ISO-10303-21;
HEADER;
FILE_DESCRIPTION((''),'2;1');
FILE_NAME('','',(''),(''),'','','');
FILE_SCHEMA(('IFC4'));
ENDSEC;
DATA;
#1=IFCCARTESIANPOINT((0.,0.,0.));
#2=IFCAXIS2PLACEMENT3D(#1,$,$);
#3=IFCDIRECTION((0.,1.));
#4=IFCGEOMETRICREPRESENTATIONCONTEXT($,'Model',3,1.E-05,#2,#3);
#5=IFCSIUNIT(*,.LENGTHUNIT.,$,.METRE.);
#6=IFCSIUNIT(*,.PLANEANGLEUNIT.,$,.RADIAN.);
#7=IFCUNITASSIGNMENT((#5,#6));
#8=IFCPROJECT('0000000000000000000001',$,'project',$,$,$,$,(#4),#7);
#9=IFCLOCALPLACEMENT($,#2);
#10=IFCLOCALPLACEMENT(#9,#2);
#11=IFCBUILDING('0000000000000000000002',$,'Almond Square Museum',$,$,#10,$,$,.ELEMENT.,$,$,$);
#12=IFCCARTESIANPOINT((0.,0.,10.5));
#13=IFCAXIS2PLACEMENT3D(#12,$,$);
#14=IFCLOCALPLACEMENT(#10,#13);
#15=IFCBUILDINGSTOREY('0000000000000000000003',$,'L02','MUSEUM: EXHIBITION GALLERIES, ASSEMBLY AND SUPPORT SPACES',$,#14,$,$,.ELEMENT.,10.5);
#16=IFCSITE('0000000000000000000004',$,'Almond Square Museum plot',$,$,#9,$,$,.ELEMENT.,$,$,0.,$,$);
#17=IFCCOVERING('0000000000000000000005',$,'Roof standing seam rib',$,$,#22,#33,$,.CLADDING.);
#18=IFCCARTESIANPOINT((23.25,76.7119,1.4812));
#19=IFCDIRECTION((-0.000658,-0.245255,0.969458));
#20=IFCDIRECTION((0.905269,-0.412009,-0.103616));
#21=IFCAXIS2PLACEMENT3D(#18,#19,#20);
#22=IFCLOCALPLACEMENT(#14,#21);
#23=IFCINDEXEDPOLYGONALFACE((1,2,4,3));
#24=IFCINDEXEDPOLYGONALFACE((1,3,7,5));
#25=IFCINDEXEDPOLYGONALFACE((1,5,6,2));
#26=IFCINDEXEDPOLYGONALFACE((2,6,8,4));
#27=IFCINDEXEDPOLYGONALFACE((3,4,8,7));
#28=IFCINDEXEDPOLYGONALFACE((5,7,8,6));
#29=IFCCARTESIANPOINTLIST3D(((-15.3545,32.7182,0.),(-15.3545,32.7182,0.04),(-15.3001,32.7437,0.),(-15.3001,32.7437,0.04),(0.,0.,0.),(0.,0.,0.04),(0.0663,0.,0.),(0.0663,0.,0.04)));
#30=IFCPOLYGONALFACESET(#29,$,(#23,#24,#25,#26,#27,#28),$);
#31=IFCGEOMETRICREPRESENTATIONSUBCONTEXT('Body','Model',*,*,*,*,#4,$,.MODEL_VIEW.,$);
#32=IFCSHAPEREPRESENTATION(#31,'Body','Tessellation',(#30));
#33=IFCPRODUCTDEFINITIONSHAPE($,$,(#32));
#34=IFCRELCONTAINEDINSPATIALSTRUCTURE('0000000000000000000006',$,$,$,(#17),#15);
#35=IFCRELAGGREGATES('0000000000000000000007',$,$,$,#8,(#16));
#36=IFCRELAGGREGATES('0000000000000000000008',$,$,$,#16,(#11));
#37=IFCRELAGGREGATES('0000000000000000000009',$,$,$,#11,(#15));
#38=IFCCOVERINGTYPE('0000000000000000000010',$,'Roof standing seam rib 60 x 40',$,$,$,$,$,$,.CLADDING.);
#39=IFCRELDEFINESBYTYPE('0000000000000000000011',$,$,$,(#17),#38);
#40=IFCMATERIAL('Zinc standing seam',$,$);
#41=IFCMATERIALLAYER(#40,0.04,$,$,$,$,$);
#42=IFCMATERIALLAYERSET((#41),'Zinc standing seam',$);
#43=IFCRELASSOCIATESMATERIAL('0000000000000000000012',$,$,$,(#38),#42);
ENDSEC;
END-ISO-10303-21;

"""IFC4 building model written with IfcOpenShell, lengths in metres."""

from ifc_helpers import new_model, si_unit, direction, frame, origin, place, context, subcontext, project, spatial, polyline, outline, extrude, material, layer, layer_set, type_object, element, save


model = new_model("IFC4")

# Units and contexts
model_context = context("Model", 3, precision=1e-05, world=origin(), true_north=direction((0.0, 1.0)))
body_context = subcontext(model_context, "Body", "Model", "MODEL_VIEW")
ifc_project = project(units=[si_unit("LENGTHUNIT", "METRE"), si_unit("PLANEANGLEUNIT", "RADIAN")], contexts=[model_context])

# Site, building, storey
site_placement = place(None, origin())
site = spatial("IfcSite", under=ifc_project, at=site_placement, Name="Almond Square Museum plot", CompositionType="ELEMENT", RefElevation=0.0)
building_placement = place(site_placement, origin())
building = spatial("IfcBuilding", under=site, at=building_placement, Name="Almond Square Museum", CompositionType="ELEMENT")
storey_placement = place(building_placement, frame((0.0, 0.0, 10.5)))
storey = spatial("IfcBuildingStorey", under=building, at=storey_placement, Name="L02", Description="MUSEUM: EXHIBITION GALLERIES, ASSEMBLY AND SUPPORT SPACES", CompositionType="ELEMENT", Elevation=10.5)

# Covering
ifc_material_1 = material(Name="Zinc standing seam")
ifc_layer = layer(ifc_material_1, 0.04)
ifc_layer_set = layer_set([ifc_layer], Name="Zinc standing seam")
covering_type = type_object("IfcCoveringType", Name="Roof standing seam rib 60 x 40", PredefinedType="CLADDING", material=ifc_layer_set)
covering_1_placement = place(storey_placement, frame((23.25, 76.7119, 1.4812), z_axis=(-0.000658, -0.245255, 0.969458), x_axis=(0.905269, -0.412009, -0.103616)))
element("IfcCovering", 1, at=covering_1_placement, inside=storey, type_object=covering_type, Name="Roof standing seam rib", PredefinedType="CLADDING", context=body_context, shape_type="SweptSolid", body=[
    extrude(outline(polyline([(0.0, 0.0), (0.0663, 0.0), (-15.3001, 32.7437), (-15.3545, 32.7182), (0.0, 0.0)])), origin(), (0.0, 0.0, 1.0), 0.04),
])

save(model, "model.ifc")
